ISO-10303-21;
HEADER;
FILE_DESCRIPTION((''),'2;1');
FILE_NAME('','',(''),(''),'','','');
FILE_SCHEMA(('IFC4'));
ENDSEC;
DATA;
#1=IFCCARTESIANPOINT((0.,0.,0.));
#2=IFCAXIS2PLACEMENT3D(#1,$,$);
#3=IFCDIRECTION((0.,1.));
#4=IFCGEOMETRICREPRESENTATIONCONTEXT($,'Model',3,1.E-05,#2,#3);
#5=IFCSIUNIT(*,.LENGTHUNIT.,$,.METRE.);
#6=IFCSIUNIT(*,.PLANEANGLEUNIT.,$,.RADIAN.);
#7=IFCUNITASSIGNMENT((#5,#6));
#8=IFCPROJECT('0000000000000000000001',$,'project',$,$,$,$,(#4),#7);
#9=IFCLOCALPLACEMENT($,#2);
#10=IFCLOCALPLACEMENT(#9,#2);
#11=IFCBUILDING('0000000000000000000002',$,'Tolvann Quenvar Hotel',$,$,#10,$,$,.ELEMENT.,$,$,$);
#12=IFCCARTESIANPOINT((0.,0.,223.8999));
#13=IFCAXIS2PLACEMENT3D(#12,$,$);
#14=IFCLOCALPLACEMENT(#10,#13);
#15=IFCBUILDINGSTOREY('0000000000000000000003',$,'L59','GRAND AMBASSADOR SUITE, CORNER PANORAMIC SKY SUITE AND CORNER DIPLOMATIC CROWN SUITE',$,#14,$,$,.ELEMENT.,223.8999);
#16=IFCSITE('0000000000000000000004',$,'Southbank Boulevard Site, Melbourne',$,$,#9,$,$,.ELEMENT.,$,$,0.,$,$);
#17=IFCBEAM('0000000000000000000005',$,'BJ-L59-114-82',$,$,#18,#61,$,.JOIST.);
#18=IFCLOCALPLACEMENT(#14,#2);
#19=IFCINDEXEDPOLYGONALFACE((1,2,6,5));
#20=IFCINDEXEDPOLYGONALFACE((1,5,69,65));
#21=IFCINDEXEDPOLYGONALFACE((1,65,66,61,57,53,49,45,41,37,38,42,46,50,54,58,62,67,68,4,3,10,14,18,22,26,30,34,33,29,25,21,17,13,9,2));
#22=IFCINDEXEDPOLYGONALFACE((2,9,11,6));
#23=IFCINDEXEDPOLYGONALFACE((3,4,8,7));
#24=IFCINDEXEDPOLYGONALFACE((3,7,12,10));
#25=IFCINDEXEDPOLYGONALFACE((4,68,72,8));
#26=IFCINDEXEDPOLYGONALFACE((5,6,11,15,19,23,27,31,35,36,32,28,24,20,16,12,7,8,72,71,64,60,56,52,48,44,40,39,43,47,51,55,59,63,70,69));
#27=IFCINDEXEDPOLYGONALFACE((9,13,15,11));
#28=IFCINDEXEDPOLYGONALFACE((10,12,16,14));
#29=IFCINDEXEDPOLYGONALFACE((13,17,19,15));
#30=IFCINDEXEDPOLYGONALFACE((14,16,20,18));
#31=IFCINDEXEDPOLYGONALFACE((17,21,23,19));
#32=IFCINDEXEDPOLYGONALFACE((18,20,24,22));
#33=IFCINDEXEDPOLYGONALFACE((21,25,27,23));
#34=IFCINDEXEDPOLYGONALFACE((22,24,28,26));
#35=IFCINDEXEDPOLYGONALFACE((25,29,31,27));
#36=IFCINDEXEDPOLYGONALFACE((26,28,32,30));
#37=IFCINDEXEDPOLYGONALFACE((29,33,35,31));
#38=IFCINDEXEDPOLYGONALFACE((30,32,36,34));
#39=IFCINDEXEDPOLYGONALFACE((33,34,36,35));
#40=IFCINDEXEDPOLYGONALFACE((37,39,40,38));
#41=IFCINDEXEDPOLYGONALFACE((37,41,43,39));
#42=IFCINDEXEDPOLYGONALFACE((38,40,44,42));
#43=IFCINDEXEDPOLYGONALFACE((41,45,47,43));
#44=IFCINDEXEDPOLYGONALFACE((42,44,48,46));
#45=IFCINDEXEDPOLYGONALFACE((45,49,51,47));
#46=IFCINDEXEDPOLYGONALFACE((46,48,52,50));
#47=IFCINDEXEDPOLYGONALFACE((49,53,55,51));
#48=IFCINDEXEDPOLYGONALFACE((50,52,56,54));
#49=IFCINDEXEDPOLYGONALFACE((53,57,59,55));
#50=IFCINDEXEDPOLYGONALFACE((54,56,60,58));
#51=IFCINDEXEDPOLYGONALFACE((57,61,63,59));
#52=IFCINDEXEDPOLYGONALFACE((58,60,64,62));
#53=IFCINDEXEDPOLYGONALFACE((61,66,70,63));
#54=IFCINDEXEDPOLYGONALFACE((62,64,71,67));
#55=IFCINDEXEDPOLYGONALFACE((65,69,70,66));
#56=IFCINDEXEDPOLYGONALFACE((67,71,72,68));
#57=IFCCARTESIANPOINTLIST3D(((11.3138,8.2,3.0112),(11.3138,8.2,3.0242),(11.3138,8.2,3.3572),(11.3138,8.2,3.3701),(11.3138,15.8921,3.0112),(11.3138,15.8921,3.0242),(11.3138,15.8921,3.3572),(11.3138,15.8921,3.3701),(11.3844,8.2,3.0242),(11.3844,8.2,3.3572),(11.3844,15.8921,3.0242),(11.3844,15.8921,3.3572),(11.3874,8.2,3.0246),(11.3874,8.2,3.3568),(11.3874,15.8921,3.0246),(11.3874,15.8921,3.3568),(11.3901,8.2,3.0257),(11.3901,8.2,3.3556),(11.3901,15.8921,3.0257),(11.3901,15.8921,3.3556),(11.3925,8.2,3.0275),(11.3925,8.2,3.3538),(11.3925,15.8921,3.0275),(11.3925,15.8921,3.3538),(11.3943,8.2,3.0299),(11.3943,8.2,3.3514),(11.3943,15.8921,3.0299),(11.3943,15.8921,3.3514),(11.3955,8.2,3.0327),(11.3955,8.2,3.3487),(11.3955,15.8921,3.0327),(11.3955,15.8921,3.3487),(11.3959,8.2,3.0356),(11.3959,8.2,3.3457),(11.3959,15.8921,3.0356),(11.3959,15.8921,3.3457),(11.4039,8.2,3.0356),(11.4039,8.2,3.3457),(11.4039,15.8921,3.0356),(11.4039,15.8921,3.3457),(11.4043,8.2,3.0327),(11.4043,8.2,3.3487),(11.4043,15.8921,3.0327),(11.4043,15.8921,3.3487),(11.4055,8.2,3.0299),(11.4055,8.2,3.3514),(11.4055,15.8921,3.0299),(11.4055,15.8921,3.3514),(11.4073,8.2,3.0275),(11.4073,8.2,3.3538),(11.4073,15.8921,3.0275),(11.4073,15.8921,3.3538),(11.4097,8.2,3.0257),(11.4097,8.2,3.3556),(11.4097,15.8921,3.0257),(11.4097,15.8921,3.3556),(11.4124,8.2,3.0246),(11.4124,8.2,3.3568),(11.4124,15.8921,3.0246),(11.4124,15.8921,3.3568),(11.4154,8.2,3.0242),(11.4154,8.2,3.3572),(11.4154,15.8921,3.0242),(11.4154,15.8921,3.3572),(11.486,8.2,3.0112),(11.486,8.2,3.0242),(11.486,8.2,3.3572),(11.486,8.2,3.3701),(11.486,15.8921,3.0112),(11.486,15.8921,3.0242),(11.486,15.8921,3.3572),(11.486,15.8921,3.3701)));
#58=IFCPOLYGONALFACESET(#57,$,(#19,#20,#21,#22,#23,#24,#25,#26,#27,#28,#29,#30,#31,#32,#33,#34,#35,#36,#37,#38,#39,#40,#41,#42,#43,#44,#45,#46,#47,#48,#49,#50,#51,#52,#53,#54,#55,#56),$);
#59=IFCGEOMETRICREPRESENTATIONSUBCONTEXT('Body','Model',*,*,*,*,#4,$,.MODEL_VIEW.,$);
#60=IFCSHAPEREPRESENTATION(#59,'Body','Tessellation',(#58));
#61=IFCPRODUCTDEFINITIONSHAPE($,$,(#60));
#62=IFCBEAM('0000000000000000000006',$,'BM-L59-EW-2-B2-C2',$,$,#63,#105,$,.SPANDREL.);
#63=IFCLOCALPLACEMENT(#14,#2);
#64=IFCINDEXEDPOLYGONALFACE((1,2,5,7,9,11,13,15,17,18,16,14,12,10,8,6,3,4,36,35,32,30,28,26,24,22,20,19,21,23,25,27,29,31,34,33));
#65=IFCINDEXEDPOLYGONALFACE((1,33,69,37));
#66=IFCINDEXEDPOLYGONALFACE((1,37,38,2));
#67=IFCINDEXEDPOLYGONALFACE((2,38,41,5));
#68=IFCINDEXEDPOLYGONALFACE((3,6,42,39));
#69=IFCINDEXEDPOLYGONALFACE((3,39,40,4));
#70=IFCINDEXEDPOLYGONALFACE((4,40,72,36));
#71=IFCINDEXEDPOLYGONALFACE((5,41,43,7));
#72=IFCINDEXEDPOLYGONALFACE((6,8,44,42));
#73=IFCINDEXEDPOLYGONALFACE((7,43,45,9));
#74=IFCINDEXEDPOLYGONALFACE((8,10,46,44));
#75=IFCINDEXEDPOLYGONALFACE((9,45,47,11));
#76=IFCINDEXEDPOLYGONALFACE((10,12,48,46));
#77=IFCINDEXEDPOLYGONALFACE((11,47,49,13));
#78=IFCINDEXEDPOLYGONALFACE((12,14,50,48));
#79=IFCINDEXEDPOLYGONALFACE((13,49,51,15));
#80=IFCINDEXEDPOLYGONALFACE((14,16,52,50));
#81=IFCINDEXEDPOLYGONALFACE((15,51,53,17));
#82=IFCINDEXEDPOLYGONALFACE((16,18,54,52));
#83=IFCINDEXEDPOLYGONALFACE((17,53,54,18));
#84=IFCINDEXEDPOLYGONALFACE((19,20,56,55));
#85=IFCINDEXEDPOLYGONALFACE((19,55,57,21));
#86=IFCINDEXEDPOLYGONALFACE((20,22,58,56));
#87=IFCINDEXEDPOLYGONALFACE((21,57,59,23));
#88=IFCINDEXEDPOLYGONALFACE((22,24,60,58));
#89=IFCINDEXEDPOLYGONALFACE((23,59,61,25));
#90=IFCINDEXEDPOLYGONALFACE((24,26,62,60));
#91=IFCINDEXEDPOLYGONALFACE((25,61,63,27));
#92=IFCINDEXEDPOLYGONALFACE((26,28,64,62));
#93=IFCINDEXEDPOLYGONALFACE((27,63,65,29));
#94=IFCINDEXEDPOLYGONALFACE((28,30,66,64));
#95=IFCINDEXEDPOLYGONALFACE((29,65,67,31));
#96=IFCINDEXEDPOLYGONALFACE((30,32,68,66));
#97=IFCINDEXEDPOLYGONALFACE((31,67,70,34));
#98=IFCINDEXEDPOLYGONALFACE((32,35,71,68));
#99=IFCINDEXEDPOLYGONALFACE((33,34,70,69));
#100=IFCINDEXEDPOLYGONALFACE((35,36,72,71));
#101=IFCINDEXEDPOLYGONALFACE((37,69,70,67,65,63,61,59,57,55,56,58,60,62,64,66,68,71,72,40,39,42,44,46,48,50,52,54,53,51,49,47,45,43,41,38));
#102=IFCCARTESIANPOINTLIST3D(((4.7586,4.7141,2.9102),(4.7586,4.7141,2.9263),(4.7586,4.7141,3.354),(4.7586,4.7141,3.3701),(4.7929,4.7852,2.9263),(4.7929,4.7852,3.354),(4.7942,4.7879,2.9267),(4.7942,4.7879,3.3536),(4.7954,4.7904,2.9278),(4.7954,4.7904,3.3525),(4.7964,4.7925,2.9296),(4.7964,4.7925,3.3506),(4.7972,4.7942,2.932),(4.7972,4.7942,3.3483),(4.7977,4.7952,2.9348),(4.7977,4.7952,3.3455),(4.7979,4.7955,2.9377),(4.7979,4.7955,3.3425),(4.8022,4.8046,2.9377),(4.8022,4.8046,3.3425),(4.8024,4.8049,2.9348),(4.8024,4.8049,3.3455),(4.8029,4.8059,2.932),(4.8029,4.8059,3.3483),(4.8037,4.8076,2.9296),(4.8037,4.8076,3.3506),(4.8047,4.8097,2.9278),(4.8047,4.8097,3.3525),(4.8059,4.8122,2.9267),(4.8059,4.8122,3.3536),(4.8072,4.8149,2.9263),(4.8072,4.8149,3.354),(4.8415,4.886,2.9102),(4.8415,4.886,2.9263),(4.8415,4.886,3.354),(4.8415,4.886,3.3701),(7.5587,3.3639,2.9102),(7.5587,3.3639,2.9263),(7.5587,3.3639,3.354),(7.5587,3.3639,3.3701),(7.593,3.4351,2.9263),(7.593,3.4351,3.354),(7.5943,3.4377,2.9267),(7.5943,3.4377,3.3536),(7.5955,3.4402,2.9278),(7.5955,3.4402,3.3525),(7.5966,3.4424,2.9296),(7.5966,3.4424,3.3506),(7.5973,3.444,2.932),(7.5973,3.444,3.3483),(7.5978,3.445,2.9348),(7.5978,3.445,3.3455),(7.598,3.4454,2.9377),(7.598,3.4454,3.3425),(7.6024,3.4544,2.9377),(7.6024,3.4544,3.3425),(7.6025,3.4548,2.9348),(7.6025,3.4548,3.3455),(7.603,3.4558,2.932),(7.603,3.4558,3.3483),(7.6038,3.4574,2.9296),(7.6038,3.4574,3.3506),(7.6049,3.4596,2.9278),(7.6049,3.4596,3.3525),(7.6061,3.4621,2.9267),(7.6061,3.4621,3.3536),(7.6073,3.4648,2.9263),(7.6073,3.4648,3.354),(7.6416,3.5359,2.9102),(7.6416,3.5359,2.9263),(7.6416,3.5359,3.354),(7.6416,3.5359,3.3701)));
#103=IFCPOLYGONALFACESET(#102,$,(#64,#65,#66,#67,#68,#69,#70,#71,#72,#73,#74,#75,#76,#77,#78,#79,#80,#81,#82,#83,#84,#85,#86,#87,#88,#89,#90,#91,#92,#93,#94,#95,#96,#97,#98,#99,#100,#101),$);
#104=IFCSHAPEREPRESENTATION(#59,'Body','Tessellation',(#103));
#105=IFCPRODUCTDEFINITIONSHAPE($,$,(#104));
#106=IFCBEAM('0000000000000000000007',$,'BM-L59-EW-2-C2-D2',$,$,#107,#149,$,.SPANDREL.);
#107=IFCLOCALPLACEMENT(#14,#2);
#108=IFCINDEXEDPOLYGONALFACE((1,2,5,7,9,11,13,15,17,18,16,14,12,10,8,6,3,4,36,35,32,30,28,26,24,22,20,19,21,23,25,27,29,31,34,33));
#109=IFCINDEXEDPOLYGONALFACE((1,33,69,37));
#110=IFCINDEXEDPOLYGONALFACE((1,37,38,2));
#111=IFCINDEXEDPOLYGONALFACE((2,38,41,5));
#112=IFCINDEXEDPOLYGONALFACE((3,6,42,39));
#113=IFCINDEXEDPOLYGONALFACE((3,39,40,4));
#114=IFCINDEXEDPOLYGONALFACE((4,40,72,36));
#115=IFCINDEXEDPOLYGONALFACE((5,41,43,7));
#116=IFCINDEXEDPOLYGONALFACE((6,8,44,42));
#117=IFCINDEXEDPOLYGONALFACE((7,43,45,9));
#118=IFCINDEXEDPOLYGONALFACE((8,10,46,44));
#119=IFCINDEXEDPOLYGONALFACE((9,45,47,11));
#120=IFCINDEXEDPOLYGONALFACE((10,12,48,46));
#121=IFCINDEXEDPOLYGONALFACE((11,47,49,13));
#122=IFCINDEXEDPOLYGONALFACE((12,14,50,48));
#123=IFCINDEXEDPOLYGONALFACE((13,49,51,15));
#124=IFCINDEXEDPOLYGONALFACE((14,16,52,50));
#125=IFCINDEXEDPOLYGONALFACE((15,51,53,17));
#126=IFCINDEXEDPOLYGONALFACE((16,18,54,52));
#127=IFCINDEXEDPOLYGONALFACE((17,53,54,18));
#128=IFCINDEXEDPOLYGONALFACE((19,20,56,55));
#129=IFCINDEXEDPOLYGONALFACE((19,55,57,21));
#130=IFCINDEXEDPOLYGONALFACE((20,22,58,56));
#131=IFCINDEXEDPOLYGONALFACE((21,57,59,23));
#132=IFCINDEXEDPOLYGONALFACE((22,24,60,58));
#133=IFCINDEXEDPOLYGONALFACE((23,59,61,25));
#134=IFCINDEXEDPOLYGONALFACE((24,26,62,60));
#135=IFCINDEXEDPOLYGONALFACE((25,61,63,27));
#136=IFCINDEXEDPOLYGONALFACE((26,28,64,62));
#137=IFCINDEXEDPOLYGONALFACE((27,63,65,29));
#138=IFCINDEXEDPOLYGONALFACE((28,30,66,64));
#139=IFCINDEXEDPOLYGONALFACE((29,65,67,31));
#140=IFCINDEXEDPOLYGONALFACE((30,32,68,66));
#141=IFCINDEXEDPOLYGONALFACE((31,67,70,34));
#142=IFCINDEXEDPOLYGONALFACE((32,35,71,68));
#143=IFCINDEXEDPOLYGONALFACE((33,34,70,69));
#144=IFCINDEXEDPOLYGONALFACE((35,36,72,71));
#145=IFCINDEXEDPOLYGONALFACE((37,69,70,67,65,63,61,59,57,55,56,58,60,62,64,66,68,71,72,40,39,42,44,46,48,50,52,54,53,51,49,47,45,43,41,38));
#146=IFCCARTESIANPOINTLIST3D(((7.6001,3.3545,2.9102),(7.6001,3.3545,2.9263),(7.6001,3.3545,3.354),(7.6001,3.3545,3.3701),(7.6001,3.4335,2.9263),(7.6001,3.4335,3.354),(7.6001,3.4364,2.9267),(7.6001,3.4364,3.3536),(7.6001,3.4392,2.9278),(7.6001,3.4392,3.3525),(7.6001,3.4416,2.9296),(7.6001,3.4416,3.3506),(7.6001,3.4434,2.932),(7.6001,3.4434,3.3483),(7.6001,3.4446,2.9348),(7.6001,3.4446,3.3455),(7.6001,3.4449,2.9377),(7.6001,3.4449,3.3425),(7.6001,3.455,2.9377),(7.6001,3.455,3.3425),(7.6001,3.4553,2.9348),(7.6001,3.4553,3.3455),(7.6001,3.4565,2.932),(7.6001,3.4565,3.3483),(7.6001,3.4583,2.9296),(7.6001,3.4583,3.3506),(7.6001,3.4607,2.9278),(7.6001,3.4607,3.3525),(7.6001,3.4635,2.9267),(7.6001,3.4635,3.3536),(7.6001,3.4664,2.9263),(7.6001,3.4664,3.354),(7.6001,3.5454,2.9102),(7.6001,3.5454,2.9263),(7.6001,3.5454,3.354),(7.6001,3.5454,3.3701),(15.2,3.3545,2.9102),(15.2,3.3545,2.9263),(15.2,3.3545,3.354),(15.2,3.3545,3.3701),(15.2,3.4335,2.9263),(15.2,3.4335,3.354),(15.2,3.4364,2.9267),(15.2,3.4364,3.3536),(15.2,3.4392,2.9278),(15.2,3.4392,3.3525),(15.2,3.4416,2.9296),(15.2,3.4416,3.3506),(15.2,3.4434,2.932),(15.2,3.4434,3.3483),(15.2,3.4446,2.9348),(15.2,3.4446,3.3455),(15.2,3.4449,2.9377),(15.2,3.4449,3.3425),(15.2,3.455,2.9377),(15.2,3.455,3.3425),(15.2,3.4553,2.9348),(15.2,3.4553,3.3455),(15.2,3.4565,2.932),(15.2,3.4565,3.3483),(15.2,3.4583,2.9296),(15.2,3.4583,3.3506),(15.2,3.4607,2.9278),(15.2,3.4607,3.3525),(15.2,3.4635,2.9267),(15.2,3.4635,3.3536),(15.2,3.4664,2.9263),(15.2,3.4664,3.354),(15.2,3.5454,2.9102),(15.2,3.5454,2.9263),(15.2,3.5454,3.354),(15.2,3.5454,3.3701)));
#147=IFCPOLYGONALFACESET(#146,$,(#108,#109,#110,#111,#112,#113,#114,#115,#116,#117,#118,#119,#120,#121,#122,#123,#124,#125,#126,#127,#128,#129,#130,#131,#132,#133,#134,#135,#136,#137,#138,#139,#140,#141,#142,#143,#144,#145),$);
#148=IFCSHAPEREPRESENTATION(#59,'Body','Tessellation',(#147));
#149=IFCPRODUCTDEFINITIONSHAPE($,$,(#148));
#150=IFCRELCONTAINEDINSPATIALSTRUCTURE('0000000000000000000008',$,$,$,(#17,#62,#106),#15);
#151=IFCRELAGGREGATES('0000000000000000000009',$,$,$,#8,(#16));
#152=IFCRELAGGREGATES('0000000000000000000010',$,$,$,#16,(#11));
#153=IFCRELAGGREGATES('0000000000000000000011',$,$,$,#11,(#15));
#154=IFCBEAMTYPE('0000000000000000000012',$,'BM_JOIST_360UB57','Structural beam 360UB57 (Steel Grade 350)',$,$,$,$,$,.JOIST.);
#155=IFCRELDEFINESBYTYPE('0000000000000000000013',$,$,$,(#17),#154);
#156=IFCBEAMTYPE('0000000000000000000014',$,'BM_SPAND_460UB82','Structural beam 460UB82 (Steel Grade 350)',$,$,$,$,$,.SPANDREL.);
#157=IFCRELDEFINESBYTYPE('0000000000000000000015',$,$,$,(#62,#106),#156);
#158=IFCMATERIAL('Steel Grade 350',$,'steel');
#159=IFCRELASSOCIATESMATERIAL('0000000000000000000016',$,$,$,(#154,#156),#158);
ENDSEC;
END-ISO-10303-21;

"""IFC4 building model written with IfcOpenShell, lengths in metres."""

from ifc_helpers import new_model, si_unit, direction, frame, origin, origin_2d, place, context, subcontext, project, spatial, i_section, extrude, source, transform, mapped, material, material_profile, profile_set, type_object, type_shapes, element, save


model = new_model("IFC4")

# Units and contexts
model_context = context("Model", 3, precision=1e-05, world=origin(), true_north=direction((0.0, 1.0)))
body_context = subcontext(model_context, "Body", "Model", "MODEL_VIEW")
ifc_project = project(units=[si_unit("LENGTHUNIT", "METRE"), si_unit("PLANEANGLEUNIT", "RADIAN")], contexts=[model_context])

# Site, building, storey
site_placement = place(None, origin())
site = spatial("IfcSite", under=ifc_project, at=site_placement, Name="Southbank Boulevard Site, Melbourne", CompositionType="ELEMENT", RefElevation=0.0)
building_placement = place(site_placement, origin())
building = spatial("IfcBuilding", under=site, at=building_placement, Name="Tolvann Quenvar Hotel", CompositionType="ELEMENT")
storey_placement = place(building_placement, frame((0.0, 0.0, 223.8999)))
storey = spatial("IfcBuildingStorey", under=building, at=storey_placement, Name="L59", Description="GRAND AMBASSADOR SUITE, CORNER PANORAMIC SKY SUITE AND CORNER DIPLOMATIC CROWN SUITE", CompositionType="ELEMENT", Elevation=223.8999)

# Shared definitions
ifc_material_1 = material(Name="Steel Grade 350", Category="steel")

# Beams
ifc_material_profile_1 = material_profile(ifc_material_1, i_section(OverallWidth=0.1721, OverallDepth=0.3589, WebThickness=0.0081, FlangeThickness=0.0129, FilletRadius=0.0115, at=origin_2d()), Name="360UB57")
ifc_profile_set_1 = profile_set([ifc_material_profile_1], Name="Steel Grade 350")
beam_type_1 = type_object("IfcBeamType", Name="BM_JOIST_360UB57", Description="Structural beam 360UB57 (Steel Grade 350)", PredefinedType="JOIST", material=ifc_profile_set_1)
shared_shape_1 = source(origin(), body_context, "Body", "SweptSolid", [
    extrude(i_section(OverallWidth=0.1721, OverallDepth=0.3589, WebThickness=0.0081, FlangeThickness=0.0129, FilletRadius=0.0115, at=origin_2d()), origin(), (0.0, 0.0, 1.0), 7.6921),
])
type_shapes(beam_type_1, [shared_shape_1])
beam_1_placement = place(storey_placement, frame((11.3999, 8.2, 3.1907), z_axis=(0.0, 1.0, 0.0), x_axis=(-1.0, 0.0, 0.0)))
element("IfcBeam", 1, at=beam_1_placement, inside=storey, type_object=beam_type_1, Name="BJ-L59-114-82", PredefinedType="JOIST", context=body_context, shape_type="MappedRepresentation", body=[
    mapped(shared_shape_1, transform((0.0, 0.0, 0.0), x_axis=(1.0, 0.0, 0.0), y_axis=(0.0, 1.0, 0.0), z_axis=(0.0, 0.0, 1.0), scale=1.0)),
])
ifc_material_profile_2 = material_profile(ifc_material_1, i_section(OverallWidth=0.1909, OverallDepth=0.46, WebThickness=0.01, FlangeThickness=0.0161, FilletRadius=0.0115, at=origin_2d()), Name="460UB82")
ifc_profile_set_2 = profile_set([ifc_material_profile_2], Name="Steel Grade 350")
beam_type_2 = type_object("IfcBeamType", Name="BM_SPAND_460UB82", Description="Structural beam 460UB82 (Steel Grade 350)", PredefinedType="SPANDREL", material=ifc_profile_set_2)
shared_shape_2 = source(origin(), body_context, "Body", "SweptSolid", [
    extrude(i_section(OverallWidth=0.1909, OverallDepth=0.46, WebThickness=0.01, FlangeThickness=0.0161, FilletRadius=0.0115, at=origin_2d()), origin(), (0.0, 0.0, 1.0), 3.1086),
])
beam_2_placement = place(storey_placement, frame((4.8, 4.8, 3.1401), z_axis=(0.900759, -0.434319, 0.0), x_axis=(0.434319, 0.900759, 0.0)))
element("IfcBeam", 2, at=beam_2_placement, inside=storey, type_object=beam_type_2, Name="BM-L59-EW-2-B2-C2", PredefinedType="SPANDREL", context=body_context, shape_type="MappedRepresentation", body=[
    mapped(shared_shape_2, transform((0.0, 0.0, 0.0), x_axis=(1.0, 0.0, 0.0), y_axis=(0.0, 1.0, 0.0), z_axis=(0.0, 0.0, 1.0), scale=1.0)),
])
shared_shape_3 = source(origin(), body_context, "Body", "SweptSolid", [
    extrude(i_section(OverallWidth=0.1909, OverallDepth=0.46, WebThickness=0.01, FlangeThickness=0.0161, FilletRadius=0.0115, at=origin_2d()), origin(), (0.0, 0.0, 1.0), 7.5999),
])
beam_3_placement = place(storey_placement, frame((7.6001, 3.45, 3.1401), z_axis=(1.0, 0.0, 0.0), x_axis=(0.0, 1.0, 0.0)))
element("IfcBeam", 3, at=beam_3_placement, inside=storey, type_object=beam_type_2, Name="BM-L59-EW-2-C2-D2", PredefinedType="SPANDREL", context=body_context, shape_type="MappedRepresentation", body=[
    mapped(shared_shape_3, transform((0.0, 0.0, 0.0), x_axis=(1.0, 0.0, 0.0), y_axis=(0.0, 1.0, 0.0), z_axis=(0.0, 0.0, 1.0), scale=1.0)),
])

save(model, "model.ifc")
